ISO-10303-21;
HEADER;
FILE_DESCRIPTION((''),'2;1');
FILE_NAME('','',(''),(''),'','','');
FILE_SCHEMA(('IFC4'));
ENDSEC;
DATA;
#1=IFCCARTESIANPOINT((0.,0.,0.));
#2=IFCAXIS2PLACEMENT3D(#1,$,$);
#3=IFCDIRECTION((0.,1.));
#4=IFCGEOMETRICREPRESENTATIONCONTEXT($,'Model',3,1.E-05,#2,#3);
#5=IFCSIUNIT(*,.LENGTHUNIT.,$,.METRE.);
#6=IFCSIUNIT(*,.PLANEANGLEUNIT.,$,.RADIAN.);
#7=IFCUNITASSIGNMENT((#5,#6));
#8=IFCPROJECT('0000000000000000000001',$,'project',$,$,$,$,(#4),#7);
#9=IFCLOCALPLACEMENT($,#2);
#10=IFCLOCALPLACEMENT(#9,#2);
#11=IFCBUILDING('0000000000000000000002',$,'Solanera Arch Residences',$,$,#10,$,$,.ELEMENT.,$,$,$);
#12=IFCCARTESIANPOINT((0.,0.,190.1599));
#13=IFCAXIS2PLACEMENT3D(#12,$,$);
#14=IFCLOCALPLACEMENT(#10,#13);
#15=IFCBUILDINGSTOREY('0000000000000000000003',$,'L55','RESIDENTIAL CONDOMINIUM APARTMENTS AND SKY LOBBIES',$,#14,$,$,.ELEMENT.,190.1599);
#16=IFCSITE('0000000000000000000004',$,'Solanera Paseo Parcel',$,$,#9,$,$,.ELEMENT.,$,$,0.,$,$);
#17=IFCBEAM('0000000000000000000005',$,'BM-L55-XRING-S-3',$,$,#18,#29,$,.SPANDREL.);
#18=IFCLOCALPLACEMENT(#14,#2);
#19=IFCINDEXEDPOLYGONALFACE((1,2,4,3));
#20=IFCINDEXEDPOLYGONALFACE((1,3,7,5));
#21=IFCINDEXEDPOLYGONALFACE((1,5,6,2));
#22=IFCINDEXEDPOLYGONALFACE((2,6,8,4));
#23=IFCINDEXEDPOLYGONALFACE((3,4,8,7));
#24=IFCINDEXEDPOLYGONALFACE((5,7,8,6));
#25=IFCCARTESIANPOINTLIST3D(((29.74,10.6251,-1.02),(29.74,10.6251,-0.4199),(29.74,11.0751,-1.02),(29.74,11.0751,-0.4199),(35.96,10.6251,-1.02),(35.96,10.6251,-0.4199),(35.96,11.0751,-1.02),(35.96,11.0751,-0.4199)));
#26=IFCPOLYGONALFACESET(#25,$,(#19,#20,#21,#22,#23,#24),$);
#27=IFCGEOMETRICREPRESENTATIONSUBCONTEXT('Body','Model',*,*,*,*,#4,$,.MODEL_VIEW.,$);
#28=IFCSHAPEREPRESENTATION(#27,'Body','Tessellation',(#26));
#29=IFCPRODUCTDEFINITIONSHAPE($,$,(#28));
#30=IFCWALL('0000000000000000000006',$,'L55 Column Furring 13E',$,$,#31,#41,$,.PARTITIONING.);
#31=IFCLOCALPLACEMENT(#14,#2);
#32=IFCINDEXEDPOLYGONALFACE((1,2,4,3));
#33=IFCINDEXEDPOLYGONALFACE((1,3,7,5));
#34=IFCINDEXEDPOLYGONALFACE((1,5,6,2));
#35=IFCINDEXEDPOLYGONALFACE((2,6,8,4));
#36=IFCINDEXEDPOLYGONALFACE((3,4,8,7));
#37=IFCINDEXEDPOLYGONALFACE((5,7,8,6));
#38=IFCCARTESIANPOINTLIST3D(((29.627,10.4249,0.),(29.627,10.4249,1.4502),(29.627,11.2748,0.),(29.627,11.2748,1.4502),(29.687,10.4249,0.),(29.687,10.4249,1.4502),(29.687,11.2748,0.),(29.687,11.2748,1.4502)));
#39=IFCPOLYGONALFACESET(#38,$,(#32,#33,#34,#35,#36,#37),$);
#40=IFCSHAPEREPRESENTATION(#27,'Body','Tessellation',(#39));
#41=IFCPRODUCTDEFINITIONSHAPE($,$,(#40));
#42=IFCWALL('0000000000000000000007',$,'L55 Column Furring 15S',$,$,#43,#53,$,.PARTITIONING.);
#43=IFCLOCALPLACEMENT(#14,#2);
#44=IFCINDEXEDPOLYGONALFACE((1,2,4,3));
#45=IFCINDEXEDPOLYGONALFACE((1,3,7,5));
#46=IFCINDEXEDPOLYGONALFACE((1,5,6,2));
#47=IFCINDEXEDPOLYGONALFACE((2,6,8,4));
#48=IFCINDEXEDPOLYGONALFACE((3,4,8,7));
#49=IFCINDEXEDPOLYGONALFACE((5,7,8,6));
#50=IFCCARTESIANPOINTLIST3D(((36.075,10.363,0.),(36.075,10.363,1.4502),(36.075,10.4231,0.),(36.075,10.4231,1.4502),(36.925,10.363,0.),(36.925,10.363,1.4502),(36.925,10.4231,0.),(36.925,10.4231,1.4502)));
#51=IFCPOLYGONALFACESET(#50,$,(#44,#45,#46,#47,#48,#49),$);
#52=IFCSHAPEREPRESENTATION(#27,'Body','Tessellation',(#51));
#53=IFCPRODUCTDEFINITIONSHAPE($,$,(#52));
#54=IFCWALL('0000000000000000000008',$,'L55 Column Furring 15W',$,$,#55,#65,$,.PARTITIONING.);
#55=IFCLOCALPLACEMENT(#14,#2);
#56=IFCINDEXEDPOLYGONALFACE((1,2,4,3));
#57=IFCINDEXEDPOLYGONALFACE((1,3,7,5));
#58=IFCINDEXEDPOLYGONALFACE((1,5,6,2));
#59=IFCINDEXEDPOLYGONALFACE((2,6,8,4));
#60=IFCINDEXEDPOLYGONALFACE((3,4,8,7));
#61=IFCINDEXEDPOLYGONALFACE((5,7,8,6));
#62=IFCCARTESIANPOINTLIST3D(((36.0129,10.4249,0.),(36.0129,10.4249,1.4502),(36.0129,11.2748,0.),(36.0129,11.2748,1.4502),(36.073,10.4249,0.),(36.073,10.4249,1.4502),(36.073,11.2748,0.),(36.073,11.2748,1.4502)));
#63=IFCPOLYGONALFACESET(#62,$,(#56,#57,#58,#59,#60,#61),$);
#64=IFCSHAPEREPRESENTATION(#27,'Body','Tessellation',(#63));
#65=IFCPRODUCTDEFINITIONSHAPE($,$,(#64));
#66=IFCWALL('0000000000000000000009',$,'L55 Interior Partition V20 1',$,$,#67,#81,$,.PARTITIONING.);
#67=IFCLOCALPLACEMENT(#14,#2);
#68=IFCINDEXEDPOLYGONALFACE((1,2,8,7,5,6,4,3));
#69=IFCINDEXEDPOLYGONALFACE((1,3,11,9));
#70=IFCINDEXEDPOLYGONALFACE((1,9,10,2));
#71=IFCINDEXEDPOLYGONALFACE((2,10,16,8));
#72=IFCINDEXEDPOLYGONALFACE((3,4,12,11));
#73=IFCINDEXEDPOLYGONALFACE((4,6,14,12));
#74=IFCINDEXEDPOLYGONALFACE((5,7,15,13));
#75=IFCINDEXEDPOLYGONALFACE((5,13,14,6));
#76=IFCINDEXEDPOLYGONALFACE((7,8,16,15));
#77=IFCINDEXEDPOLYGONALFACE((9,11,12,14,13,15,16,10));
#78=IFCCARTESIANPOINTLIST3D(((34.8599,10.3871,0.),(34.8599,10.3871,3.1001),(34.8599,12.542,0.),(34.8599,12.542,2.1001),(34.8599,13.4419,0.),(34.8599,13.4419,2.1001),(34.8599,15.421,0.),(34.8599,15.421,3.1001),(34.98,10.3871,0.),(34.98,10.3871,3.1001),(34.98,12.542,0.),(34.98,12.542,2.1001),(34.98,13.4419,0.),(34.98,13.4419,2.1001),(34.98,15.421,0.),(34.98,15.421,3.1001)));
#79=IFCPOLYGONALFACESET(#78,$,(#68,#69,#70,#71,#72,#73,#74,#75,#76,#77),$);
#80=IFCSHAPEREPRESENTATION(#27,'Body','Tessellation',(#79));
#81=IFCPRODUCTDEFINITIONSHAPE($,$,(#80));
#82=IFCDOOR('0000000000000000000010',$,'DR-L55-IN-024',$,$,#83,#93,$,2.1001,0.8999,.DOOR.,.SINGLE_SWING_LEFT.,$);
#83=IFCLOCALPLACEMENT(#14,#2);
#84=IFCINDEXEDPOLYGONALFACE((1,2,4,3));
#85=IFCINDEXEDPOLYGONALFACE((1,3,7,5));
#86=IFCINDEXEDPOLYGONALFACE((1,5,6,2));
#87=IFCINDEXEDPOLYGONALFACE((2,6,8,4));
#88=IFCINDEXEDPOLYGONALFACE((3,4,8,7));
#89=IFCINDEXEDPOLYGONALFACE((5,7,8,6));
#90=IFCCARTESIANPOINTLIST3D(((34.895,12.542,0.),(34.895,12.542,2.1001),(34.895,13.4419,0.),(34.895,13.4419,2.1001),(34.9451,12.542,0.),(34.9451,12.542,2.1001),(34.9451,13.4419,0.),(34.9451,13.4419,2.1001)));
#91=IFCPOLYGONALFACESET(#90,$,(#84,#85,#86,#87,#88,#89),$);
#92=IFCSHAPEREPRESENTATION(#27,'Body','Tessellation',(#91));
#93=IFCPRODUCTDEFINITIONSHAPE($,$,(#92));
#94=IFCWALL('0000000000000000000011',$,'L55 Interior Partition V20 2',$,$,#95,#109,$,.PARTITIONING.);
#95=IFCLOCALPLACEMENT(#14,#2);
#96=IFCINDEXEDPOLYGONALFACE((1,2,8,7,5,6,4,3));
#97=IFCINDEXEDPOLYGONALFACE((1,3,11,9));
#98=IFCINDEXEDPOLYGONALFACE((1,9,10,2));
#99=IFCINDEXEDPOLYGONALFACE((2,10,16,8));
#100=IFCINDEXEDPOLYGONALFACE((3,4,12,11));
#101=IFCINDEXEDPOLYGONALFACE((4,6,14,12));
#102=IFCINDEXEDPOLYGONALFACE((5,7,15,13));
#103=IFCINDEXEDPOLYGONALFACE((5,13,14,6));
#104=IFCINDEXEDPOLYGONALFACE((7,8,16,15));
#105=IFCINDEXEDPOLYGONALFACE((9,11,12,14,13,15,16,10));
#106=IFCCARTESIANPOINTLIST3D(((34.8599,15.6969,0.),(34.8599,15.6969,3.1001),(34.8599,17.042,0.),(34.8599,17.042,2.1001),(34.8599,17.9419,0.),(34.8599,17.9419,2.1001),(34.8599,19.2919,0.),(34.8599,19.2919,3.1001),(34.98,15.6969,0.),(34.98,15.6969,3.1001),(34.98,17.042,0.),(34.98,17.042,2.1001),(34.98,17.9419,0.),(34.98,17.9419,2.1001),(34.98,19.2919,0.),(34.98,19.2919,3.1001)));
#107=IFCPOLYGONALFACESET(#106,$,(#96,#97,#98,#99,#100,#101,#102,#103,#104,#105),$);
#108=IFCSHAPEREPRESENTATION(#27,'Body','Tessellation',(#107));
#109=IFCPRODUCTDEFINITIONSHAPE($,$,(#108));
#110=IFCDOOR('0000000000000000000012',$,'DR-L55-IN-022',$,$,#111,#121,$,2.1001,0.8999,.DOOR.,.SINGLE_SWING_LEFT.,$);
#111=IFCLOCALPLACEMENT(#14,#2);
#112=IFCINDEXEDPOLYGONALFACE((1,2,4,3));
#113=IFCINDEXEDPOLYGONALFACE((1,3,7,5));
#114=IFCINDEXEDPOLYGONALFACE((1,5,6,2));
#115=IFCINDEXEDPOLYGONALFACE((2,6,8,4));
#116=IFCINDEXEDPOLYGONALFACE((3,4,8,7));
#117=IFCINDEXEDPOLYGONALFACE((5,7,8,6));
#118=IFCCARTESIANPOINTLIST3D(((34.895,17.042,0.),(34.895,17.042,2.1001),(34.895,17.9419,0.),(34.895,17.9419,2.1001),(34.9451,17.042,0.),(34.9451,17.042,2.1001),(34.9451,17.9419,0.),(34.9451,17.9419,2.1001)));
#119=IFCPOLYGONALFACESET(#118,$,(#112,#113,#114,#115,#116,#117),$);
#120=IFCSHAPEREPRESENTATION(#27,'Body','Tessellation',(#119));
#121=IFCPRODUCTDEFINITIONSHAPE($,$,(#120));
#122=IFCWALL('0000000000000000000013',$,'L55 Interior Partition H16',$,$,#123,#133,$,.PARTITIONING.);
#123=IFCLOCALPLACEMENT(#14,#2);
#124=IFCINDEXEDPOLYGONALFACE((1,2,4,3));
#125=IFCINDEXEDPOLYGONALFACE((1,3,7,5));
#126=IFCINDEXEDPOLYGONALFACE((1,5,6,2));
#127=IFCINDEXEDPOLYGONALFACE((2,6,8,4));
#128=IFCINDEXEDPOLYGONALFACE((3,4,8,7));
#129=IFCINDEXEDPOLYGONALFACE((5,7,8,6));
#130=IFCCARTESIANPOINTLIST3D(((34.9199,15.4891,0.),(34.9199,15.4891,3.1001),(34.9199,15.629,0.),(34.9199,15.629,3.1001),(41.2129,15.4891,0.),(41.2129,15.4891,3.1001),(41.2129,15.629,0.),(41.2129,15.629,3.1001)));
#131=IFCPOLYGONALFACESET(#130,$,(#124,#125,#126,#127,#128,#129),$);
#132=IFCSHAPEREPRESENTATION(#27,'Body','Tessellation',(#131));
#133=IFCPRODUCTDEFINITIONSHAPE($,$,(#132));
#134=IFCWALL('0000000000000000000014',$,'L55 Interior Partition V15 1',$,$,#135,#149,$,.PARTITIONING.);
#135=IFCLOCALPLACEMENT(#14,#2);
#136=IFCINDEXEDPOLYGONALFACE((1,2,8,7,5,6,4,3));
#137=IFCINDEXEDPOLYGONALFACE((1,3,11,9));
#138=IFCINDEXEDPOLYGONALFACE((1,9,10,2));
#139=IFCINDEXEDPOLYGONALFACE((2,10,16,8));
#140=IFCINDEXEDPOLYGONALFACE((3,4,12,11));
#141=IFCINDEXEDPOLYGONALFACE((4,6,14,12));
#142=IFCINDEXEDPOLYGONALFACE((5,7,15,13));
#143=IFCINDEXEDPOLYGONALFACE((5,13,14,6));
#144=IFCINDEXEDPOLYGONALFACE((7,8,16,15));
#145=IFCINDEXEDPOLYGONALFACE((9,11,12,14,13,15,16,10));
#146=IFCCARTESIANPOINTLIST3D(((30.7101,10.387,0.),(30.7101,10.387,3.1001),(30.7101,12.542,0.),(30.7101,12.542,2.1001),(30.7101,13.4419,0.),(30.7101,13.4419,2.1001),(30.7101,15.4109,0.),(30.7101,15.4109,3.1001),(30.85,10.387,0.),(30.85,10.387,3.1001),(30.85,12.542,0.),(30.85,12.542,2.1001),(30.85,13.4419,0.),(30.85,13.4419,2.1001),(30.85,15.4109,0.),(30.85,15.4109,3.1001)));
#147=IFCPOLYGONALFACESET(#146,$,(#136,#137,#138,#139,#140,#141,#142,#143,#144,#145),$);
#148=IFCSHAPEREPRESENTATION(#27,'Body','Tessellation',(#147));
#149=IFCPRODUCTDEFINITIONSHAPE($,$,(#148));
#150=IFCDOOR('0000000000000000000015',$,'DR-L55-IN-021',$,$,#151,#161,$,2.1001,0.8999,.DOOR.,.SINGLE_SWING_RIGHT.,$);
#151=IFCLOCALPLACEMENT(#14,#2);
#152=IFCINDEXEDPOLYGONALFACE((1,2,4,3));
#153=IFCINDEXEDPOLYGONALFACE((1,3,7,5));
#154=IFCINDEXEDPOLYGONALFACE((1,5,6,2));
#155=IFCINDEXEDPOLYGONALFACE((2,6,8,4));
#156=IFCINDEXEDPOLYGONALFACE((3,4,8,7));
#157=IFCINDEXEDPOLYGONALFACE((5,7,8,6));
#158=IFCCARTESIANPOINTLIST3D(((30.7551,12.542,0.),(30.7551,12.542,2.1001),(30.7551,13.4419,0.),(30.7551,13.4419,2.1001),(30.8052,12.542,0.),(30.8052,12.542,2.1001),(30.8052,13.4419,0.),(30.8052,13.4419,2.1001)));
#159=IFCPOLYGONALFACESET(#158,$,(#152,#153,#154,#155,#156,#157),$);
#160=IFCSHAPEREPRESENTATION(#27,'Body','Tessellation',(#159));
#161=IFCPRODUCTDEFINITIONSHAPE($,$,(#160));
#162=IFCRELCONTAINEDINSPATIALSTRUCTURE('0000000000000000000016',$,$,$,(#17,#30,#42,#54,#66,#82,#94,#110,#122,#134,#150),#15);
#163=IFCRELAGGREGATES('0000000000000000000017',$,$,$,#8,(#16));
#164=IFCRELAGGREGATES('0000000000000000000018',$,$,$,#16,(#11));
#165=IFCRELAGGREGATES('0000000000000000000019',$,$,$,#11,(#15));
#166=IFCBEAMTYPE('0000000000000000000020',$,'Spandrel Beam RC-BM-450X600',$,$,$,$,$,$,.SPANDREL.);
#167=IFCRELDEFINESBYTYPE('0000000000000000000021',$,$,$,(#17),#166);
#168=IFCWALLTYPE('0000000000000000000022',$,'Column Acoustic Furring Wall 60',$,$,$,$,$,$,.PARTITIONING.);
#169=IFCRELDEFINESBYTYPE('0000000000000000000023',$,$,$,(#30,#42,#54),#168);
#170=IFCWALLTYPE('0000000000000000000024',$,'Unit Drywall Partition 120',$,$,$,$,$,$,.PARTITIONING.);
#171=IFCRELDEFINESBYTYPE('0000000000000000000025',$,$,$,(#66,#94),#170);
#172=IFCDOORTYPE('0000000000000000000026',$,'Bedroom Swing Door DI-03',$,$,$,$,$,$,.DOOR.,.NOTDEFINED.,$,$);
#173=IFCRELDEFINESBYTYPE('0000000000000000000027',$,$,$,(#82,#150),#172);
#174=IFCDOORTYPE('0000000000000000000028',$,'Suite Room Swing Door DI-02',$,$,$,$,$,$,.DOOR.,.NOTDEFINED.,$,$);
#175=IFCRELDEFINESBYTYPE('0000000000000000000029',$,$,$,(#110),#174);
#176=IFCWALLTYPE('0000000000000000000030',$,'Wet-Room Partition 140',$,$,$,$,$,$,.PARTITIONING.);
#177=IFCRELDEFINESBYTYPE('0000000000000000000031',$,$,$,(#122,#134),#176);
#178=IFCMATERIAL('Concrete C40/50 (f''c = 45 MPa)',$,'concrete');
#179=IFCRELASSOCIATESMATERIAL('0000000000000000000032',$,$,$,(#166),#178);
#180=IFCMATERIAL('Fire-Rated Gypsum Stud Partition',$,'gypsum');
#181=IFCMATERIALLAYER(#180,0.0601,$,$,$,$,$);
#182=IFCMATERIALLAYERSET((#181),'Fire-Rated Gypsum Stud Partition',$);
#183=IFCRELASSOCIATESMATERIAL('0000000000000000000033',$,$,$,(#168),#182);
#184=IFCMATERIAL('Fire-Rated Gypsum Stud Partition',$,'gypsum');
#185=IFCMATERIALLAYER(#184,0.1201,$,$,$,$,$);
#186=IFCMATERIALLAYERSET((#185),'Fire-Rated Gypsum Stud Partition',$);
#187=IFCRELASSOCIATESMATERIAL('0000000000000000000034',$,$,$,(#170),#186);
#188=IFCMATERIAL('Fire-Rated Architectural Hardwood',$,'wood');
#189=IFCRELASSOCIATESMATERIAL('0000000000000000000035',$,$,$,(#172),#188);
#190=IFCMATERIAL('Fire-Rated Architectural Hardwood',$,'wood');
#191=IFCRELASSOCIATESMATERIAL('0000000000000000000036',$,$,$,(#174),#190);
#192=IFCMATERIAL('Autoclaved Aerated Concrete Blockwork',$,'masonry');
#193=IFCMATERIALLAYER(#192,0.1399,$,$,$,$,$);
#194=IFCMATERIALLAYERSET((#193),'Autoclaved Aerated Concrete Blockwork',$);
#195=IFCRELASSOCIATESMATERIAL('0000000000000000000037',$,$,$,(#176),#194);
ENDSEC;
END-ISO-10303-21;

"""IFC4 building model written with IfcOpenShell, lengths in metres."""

from ifc_helpers import new_model, si_unit, direction, frame, frame_2d, origin, origin_2d, place, context, subcontext, project, spatial, rectangle, extrude, material, layer, layer_set, material_profile, profile_set, type_object, element, fill, save


model = new_model("IFC4")

# Units and contexts
model_context = context("Model", 3, precision=1e-05, world=origin(), true_north=direction((0.0, 1.0)))
body_context = subcontext(model_context, "Body", "Model", "MODEL_VIEW")
ifc_project = project(units=[si_unit("LENGTHUNIT", "METRE"), si_unit("PLANEANGLEUNIT", "RADIAN")], contexts=[model_context])

# Site, building, storey
site_placement = place(None, origin())
site = spatial("IfcSite", under=ifc_project, at=site_placement, Name="Solanera Paseo Parcel", CompositionType="ELEMENT", RefElevation=0.0)
building_placement = place(site_placement, origin())
building = spatial("IfcBuilding", under=site, at=building_placement, Name="Solanera Arch Residences", CompositionType="ELEMENT")
storey_placement = place(building_placement, frame((0.0, 0.0, 190.1599)))
storey = spatial("IfcBuildingStorey", under=building, at=storey_placement, Name="L55", Description="RESIDENTIAL CONDOMINIUM APARTMENTS AND SKY LOBBIES", CompositionType="ELEMENT", Elevation=190.1599)

# Beam
ifc_material_1 = material(Name="Concrete C40/50 (f'c = 45 MPa)", Category="concrete")
ifc_material_profile = material_profile(ifc_material_1, rectangle(XDim=0.45, YDim=0.6001, at=origin_2d()))
ifc_profile_set = profile_set([ifc_material_profile], Name="Concrete C40/50 (f'c = 45 MPa)")
beam_type = type_object("IfcBeamType", Name="Spandrel Beam RC-BM-450X600", PredefinedType="SPANDREL", material=ifc_profile_set)
beam_placement = place(storey_placement, frame((29.74, 10.8501, -0.72), z_axis=(1.0, 0.0, 0.0), x_axis=(0.0, 1.0, 0.0)))
element("IfcBeam", 1, at=beam_placement, inside=storey, type_object=beam_type, Name="BM-L55-XRING-S-3", PredefinedType="SPANDREL", context=body_context, shape_type="SweptSolid", body=[
    extrude(rectangle(XDim=0.45, YDim=0.6001, at=origin_2d()), origin(), (0.0, 0.0, 1.0), 6.22),
])

# Walls
ifc_material_2 = material(Name="Fire-Rated Gypsum Stud Partition", Category="gypsum")
ifc_layer_1 = layer(ifc_material_2, 0.0601)
ifc_layer_set_1 = layer_set([ifc_layer_1], Name="Fire-Rated Gypsum Stud Partition")
wall_type_1 = type_object("IfcWallType", Name="Column Acoustic Furring Wall 60", PredefinedType="PARTITIONING", material=ifc_layer_set_1)
wall_1_placement = place(storey_placement, frame((29.657, 10.425, 0.0), z_axis=(0.0, 0.0, 1.0), x_axis=(0.0, 1.0, 0.0)))
element("IfcWall", 2, at=wall_1_placement, inside=storey, type_object=wall_type_1, Name="L55 Column Furring 13E", PredefinedType="PARTITIONING", context=body_context, shape_type="SweptSolid", body=[
    extrude(rectangle(XDim=0.8499, YDim=0.0601, at=frame_2d((0.4248, 0.0))), origin(), (0.0, 0.0, 1.0), 1.4502),
])
wall_2_placement = place(storey_placement, frame((36.075, 10.3931, 0.0), z_axis=(0.0, 0.0, 1.0), x_axis=(1.0, 0.0, 0.0)))
element("IfcWall", 3, at=wall_2_placement, inside=storey, type_object=wall_type_1, Name="L55 Column Furring 15S", PredefinedType="PARTITIONING", context=body_context, shape_type="SweptSolid", body=[
    extrude(rectangle(XDim=0.8501, YDim=0.0601, at=frame_2d((0.425, 0.0))), origin(), (0.0, 0.0, 1.0), 1.4502),
])
wall_3_placement = place(storey_placement, frame((36.043, 10.425, 0.0), z_axis=(0.0, 0.0, 1.0), x_axis=(0.0, 1.0, 0.0)))
element("IfcWall", 4, at=wall_3_placement, inside=storey, type_object=wall_type_1, Name="L55 Column Furring 15W", PredefinedType="PARTITIONING", context=body_context, shape_type="SweptSolid", body=[
    extrude(rectangle(XDim=0.8499, YDim=0.0601, at=frame_2d((0.4248, 0.0))), origin(), (0.0, 0.0, 1.0), 1.4502),
])

# Walls, openings, doors
ifc_material_3 = material(Name="Fire-Rated Gypsum Stud Partition", Category="gypsum")
ifc_layer_2 = layer(ifc_material_3, 0.1201)
ifc_layer_set_2 = layer_set([ifc_layer_2], Name="Fire-Rated Gypsum Stud Partition")
wall_type_2 = type_object("IfcWallType", Name="Unit Drywall Partition 120", PredefinedType="PARTITIONING", material=ifc_layer_set_2)
wall_4_placement = place(storey_placement, frame((34.9199, 10.387, 0.0), z_axis=(0.0, 0.0, 1.0), x_axis=(0.0, 1.0, 0.0)))
wall_4 = element("IfcWall", 5, at=wall_4_placement, inside=storey, type_object=wall_type_2, Name="L55 Interior Partition V20 1", PredefinedType="PARTITIONING", context=body_context, shape_type="SweptSolid", body=[
    extrude(rectangle(XDim=5.0339, YDim=0.1201, at=frame_2d((2.5171, 0.0))), origin(), (0.0, 0.0, 1.0), 3.1001),
])
opening_1_placement = place(wall_4_placement, frame((2.155, 0.0, 0.0)))
opening_1 = element("IfcOpeningElement", 6, at=opening_1_placement, cuts=wall_4, PredefinedType="OPENING", context=body_context, shape_type="SweptSolid", body=[
    extrude(rectangle(XDim=0.8999, YDim=2.1001, at=frame_2d((0.45, 1.05))), frame((0.0, 0.0701, 0.0), z_axis=(0.0, -1.0, 0.0), x_axis=(1.0, 0.0, 0.0)), (0.0, 0.0, 1.0), 0.1401),
])
ifc_material_4 = material(Name="Fire-Rated Architectural Hardwood", Category="wood")
door_type_1 = type_object("IfcDoorType", Name="Bedroom Swing Door DI-03", OperationType="NOTDEFINED", PredefinedType="DOOR", material=ifc_material_4)
door_1_placement = place(opening_1_placement, origin())
door_1 = element("IfcDoor", 7, at=door_1_placement, inside=storey, type_object=door_type_1, Name="DR-L55-IN-024", OperationType="SINGLE_SWING_LEFT", OverallHeight=2.1001, OverallWidth=0.8999, PredefinedType="DOOR", context=body_context, shape_type="SweptSolid", body=[
    extrude(rectangle(XDim=0.8999, YDim=2.1001, at=frame_2d((0.45, 1.05))), frame((0.0, 0.0249, 0.0), z_axis=(0.0, -1.0, 0.0), x_axis=(1.0, 0.0, 0.0)), (0.0, 0.0, 1.0), 0.05),
])
fill(opening_1, door_1)
wall_5_placement = place(storey_placement, frame((34.9199, 15.697, 0.0), z_axis=(0.0, 0.0, 1.0), x_axis=(0.0, 1.0, 0.0)))
wall_5 = element("IfcWall", 8, at=wall_5_placement, inside=storey, type_object=wall_type_2, Name="L55 Interior Partition V20 2", PredefinedType="PARTITIONING", context=body_context, shape_type="SweptSolid", body=[
    extrude(rectangle(XDim=3.595, YDim=0.1201, at=frame_2d((1.7974, 0.0))), origin(), (0.0, 0.0, 1.0), 3.1001),
])
opening_2_placement = place(wall_5_placement, frame((1.345, 0.0, 0.0)))
opening_2 = element("IfcOpeningElement", 9, at=opening_2_placement, cuts=wall_5, PredefinedType="OPENING", context=body_context, shape_type="SweptSolid", body=[
    extrude(rectangle(XDim=0.8999, YDim=2.1001, at=frame_2d((0.45, 1.05))), frame((0.0, 0.0701, 0.0), z_axis=(0.0, -1.0, 0.0), x_axis=(1.0, 0.0, 0.0)), (0.0, 0.0, 1.0), 0.1401),
])
ifc_material_5 = material(Name="Fire-Rated Architectural Hardwood", Category="wood")
door_type_2 = type_object("IfcDoorType", Name="Suite Room Swing Door DI-02", OperationType="NOTDEFINED", PredefinedType="DOOR", material=ifc_material_5)
door_2_placement = place(opening_2_placement, origin())
door_2 = element("IfcDoor", 10, at=door_2_placement, inside=storey, type_object=door_type_2, Name="DR-L55-IN-022", OperationType="SINGLE_SWING_LEFT", OverallHeight=2.1001, OverallWidth=0.8999, PredefinedType="DOOR", context=body_context, shape_type="SweptSolid", body=[
    extrude(rectangle(XDim=0.8999, YDim=2.1001, at=frame_2d((0.45, 1.05))), frame((0.0, 0.0249, 0.0), z_axis=(0.0, -1.0, 0.0), x_axis=(1.0, 0.0, 0.0)), (0.0, 0.0, 1.0), 0.05),
])
fill(opening_2, door_2)

# Wall
ifc_material_6 = material(Name="Autoclaved Aerated Concrete Blockwork", Category="masonry")
ifc_layer_3 = layer(ifc_material_6, 0.1399)
ifc_layer_set_3 = layer_set([ifc_layer_3], Name="Autoclaved Aerated Concrete Blockwork")
wall_type_3 = type_object("IfcWallType", Name="Wet-Room Partition 140", PredefinedType="PARTITIONING", material=ifc_layer_set_3)
wall_6_placement = place(storey_placement, frame((34.9199, 15.5591, 0.0), z_axis=(0.0, 0.0, 1.0), x_axis=(1.0, 0.0, 0.0)))
element("IfcWall", 11, at=wall_6_placement, inside=storey, type_object=wall_type_3, Name="L55 Interior Partition H16", PredefinedType="PARTITIONING", context=body_context, shape_type="SweptSolid", body=[
    extrude(rectangle(XDim=6.293, YDim=0.1399, at=frame_2d((3.1465, 0.0))), origin(), (0.0, 0.0, 1.0), 3.1001),
])

# Wall, opening, door
wall_7_placement = place(storey_placement, frame((30.78, 10.387, 0.0), z_axis=(0.0, 0.0, 1.0), x_axis=(0.0, 1.0, 0.0)))
wall_7 = element("IfcWall", 12, at=wall_7_placement, inside=storey, type_object=wall_type_3, Name="L55 Interior Partition V15 1", PredefinedType="PARTITIONING", context=body_context, shape_type="SweptSolid", body=[
    extrude(rectangle(XDim=5.0239, YDim=0.1399, at=frame_2d((2.512, 0.0))), origin(), (0.0, 0.0, 1.0), 3.1001),
])
opening_3_placement = place(wall_7_placement, frame((2.155, 0.0, 0.0)))
opening_3 = element("IfcOpeningElement", 13, at=opening_3_placement, cuts=wall_7, PredefinedType="OPENING", context=body_context, shape_type="SweptSolid", body=[
    extrude(rectangle(XDim=0.8999, YDim=2.1001, at=frame_2d((0.45, 1.05))), frame((0.0, 0.0798, 0.0), z_axis=(0.0, -1.0, 0.0), x_axis=(1.0, 0.0, 0.0)), (0.0, 0.0, 1.0), 0.1599),
])
door_3_placement = place(opening_3_placement, origin())
door_3 = element("IfcDoor", 14, at=door_3_placement, inside=storey, type_object=door_type_1, Name="DR-L55-IN-021", OperationType="SINGLE_SWING_RIGHT", OverallHeight=2.1001, OverallWidth=0.8999, PredefinedType="DOOR", context=body_context, shape_type="SweptSolid", body=[
    extrude(rectangle(XDim=0.8999, YDim=2.1001, at=frame_2d((0.45, 1.05))), frame((0.0, 0.0249, 0.0), z_axis=(0.0, -1.0, 0.0), x_axis=(1.0, 0.0, 0.0)), (0.0, 0.0, 1.0), 0.05),
])
fill(opening_3, door_3)

save(model, "model.ifc")
